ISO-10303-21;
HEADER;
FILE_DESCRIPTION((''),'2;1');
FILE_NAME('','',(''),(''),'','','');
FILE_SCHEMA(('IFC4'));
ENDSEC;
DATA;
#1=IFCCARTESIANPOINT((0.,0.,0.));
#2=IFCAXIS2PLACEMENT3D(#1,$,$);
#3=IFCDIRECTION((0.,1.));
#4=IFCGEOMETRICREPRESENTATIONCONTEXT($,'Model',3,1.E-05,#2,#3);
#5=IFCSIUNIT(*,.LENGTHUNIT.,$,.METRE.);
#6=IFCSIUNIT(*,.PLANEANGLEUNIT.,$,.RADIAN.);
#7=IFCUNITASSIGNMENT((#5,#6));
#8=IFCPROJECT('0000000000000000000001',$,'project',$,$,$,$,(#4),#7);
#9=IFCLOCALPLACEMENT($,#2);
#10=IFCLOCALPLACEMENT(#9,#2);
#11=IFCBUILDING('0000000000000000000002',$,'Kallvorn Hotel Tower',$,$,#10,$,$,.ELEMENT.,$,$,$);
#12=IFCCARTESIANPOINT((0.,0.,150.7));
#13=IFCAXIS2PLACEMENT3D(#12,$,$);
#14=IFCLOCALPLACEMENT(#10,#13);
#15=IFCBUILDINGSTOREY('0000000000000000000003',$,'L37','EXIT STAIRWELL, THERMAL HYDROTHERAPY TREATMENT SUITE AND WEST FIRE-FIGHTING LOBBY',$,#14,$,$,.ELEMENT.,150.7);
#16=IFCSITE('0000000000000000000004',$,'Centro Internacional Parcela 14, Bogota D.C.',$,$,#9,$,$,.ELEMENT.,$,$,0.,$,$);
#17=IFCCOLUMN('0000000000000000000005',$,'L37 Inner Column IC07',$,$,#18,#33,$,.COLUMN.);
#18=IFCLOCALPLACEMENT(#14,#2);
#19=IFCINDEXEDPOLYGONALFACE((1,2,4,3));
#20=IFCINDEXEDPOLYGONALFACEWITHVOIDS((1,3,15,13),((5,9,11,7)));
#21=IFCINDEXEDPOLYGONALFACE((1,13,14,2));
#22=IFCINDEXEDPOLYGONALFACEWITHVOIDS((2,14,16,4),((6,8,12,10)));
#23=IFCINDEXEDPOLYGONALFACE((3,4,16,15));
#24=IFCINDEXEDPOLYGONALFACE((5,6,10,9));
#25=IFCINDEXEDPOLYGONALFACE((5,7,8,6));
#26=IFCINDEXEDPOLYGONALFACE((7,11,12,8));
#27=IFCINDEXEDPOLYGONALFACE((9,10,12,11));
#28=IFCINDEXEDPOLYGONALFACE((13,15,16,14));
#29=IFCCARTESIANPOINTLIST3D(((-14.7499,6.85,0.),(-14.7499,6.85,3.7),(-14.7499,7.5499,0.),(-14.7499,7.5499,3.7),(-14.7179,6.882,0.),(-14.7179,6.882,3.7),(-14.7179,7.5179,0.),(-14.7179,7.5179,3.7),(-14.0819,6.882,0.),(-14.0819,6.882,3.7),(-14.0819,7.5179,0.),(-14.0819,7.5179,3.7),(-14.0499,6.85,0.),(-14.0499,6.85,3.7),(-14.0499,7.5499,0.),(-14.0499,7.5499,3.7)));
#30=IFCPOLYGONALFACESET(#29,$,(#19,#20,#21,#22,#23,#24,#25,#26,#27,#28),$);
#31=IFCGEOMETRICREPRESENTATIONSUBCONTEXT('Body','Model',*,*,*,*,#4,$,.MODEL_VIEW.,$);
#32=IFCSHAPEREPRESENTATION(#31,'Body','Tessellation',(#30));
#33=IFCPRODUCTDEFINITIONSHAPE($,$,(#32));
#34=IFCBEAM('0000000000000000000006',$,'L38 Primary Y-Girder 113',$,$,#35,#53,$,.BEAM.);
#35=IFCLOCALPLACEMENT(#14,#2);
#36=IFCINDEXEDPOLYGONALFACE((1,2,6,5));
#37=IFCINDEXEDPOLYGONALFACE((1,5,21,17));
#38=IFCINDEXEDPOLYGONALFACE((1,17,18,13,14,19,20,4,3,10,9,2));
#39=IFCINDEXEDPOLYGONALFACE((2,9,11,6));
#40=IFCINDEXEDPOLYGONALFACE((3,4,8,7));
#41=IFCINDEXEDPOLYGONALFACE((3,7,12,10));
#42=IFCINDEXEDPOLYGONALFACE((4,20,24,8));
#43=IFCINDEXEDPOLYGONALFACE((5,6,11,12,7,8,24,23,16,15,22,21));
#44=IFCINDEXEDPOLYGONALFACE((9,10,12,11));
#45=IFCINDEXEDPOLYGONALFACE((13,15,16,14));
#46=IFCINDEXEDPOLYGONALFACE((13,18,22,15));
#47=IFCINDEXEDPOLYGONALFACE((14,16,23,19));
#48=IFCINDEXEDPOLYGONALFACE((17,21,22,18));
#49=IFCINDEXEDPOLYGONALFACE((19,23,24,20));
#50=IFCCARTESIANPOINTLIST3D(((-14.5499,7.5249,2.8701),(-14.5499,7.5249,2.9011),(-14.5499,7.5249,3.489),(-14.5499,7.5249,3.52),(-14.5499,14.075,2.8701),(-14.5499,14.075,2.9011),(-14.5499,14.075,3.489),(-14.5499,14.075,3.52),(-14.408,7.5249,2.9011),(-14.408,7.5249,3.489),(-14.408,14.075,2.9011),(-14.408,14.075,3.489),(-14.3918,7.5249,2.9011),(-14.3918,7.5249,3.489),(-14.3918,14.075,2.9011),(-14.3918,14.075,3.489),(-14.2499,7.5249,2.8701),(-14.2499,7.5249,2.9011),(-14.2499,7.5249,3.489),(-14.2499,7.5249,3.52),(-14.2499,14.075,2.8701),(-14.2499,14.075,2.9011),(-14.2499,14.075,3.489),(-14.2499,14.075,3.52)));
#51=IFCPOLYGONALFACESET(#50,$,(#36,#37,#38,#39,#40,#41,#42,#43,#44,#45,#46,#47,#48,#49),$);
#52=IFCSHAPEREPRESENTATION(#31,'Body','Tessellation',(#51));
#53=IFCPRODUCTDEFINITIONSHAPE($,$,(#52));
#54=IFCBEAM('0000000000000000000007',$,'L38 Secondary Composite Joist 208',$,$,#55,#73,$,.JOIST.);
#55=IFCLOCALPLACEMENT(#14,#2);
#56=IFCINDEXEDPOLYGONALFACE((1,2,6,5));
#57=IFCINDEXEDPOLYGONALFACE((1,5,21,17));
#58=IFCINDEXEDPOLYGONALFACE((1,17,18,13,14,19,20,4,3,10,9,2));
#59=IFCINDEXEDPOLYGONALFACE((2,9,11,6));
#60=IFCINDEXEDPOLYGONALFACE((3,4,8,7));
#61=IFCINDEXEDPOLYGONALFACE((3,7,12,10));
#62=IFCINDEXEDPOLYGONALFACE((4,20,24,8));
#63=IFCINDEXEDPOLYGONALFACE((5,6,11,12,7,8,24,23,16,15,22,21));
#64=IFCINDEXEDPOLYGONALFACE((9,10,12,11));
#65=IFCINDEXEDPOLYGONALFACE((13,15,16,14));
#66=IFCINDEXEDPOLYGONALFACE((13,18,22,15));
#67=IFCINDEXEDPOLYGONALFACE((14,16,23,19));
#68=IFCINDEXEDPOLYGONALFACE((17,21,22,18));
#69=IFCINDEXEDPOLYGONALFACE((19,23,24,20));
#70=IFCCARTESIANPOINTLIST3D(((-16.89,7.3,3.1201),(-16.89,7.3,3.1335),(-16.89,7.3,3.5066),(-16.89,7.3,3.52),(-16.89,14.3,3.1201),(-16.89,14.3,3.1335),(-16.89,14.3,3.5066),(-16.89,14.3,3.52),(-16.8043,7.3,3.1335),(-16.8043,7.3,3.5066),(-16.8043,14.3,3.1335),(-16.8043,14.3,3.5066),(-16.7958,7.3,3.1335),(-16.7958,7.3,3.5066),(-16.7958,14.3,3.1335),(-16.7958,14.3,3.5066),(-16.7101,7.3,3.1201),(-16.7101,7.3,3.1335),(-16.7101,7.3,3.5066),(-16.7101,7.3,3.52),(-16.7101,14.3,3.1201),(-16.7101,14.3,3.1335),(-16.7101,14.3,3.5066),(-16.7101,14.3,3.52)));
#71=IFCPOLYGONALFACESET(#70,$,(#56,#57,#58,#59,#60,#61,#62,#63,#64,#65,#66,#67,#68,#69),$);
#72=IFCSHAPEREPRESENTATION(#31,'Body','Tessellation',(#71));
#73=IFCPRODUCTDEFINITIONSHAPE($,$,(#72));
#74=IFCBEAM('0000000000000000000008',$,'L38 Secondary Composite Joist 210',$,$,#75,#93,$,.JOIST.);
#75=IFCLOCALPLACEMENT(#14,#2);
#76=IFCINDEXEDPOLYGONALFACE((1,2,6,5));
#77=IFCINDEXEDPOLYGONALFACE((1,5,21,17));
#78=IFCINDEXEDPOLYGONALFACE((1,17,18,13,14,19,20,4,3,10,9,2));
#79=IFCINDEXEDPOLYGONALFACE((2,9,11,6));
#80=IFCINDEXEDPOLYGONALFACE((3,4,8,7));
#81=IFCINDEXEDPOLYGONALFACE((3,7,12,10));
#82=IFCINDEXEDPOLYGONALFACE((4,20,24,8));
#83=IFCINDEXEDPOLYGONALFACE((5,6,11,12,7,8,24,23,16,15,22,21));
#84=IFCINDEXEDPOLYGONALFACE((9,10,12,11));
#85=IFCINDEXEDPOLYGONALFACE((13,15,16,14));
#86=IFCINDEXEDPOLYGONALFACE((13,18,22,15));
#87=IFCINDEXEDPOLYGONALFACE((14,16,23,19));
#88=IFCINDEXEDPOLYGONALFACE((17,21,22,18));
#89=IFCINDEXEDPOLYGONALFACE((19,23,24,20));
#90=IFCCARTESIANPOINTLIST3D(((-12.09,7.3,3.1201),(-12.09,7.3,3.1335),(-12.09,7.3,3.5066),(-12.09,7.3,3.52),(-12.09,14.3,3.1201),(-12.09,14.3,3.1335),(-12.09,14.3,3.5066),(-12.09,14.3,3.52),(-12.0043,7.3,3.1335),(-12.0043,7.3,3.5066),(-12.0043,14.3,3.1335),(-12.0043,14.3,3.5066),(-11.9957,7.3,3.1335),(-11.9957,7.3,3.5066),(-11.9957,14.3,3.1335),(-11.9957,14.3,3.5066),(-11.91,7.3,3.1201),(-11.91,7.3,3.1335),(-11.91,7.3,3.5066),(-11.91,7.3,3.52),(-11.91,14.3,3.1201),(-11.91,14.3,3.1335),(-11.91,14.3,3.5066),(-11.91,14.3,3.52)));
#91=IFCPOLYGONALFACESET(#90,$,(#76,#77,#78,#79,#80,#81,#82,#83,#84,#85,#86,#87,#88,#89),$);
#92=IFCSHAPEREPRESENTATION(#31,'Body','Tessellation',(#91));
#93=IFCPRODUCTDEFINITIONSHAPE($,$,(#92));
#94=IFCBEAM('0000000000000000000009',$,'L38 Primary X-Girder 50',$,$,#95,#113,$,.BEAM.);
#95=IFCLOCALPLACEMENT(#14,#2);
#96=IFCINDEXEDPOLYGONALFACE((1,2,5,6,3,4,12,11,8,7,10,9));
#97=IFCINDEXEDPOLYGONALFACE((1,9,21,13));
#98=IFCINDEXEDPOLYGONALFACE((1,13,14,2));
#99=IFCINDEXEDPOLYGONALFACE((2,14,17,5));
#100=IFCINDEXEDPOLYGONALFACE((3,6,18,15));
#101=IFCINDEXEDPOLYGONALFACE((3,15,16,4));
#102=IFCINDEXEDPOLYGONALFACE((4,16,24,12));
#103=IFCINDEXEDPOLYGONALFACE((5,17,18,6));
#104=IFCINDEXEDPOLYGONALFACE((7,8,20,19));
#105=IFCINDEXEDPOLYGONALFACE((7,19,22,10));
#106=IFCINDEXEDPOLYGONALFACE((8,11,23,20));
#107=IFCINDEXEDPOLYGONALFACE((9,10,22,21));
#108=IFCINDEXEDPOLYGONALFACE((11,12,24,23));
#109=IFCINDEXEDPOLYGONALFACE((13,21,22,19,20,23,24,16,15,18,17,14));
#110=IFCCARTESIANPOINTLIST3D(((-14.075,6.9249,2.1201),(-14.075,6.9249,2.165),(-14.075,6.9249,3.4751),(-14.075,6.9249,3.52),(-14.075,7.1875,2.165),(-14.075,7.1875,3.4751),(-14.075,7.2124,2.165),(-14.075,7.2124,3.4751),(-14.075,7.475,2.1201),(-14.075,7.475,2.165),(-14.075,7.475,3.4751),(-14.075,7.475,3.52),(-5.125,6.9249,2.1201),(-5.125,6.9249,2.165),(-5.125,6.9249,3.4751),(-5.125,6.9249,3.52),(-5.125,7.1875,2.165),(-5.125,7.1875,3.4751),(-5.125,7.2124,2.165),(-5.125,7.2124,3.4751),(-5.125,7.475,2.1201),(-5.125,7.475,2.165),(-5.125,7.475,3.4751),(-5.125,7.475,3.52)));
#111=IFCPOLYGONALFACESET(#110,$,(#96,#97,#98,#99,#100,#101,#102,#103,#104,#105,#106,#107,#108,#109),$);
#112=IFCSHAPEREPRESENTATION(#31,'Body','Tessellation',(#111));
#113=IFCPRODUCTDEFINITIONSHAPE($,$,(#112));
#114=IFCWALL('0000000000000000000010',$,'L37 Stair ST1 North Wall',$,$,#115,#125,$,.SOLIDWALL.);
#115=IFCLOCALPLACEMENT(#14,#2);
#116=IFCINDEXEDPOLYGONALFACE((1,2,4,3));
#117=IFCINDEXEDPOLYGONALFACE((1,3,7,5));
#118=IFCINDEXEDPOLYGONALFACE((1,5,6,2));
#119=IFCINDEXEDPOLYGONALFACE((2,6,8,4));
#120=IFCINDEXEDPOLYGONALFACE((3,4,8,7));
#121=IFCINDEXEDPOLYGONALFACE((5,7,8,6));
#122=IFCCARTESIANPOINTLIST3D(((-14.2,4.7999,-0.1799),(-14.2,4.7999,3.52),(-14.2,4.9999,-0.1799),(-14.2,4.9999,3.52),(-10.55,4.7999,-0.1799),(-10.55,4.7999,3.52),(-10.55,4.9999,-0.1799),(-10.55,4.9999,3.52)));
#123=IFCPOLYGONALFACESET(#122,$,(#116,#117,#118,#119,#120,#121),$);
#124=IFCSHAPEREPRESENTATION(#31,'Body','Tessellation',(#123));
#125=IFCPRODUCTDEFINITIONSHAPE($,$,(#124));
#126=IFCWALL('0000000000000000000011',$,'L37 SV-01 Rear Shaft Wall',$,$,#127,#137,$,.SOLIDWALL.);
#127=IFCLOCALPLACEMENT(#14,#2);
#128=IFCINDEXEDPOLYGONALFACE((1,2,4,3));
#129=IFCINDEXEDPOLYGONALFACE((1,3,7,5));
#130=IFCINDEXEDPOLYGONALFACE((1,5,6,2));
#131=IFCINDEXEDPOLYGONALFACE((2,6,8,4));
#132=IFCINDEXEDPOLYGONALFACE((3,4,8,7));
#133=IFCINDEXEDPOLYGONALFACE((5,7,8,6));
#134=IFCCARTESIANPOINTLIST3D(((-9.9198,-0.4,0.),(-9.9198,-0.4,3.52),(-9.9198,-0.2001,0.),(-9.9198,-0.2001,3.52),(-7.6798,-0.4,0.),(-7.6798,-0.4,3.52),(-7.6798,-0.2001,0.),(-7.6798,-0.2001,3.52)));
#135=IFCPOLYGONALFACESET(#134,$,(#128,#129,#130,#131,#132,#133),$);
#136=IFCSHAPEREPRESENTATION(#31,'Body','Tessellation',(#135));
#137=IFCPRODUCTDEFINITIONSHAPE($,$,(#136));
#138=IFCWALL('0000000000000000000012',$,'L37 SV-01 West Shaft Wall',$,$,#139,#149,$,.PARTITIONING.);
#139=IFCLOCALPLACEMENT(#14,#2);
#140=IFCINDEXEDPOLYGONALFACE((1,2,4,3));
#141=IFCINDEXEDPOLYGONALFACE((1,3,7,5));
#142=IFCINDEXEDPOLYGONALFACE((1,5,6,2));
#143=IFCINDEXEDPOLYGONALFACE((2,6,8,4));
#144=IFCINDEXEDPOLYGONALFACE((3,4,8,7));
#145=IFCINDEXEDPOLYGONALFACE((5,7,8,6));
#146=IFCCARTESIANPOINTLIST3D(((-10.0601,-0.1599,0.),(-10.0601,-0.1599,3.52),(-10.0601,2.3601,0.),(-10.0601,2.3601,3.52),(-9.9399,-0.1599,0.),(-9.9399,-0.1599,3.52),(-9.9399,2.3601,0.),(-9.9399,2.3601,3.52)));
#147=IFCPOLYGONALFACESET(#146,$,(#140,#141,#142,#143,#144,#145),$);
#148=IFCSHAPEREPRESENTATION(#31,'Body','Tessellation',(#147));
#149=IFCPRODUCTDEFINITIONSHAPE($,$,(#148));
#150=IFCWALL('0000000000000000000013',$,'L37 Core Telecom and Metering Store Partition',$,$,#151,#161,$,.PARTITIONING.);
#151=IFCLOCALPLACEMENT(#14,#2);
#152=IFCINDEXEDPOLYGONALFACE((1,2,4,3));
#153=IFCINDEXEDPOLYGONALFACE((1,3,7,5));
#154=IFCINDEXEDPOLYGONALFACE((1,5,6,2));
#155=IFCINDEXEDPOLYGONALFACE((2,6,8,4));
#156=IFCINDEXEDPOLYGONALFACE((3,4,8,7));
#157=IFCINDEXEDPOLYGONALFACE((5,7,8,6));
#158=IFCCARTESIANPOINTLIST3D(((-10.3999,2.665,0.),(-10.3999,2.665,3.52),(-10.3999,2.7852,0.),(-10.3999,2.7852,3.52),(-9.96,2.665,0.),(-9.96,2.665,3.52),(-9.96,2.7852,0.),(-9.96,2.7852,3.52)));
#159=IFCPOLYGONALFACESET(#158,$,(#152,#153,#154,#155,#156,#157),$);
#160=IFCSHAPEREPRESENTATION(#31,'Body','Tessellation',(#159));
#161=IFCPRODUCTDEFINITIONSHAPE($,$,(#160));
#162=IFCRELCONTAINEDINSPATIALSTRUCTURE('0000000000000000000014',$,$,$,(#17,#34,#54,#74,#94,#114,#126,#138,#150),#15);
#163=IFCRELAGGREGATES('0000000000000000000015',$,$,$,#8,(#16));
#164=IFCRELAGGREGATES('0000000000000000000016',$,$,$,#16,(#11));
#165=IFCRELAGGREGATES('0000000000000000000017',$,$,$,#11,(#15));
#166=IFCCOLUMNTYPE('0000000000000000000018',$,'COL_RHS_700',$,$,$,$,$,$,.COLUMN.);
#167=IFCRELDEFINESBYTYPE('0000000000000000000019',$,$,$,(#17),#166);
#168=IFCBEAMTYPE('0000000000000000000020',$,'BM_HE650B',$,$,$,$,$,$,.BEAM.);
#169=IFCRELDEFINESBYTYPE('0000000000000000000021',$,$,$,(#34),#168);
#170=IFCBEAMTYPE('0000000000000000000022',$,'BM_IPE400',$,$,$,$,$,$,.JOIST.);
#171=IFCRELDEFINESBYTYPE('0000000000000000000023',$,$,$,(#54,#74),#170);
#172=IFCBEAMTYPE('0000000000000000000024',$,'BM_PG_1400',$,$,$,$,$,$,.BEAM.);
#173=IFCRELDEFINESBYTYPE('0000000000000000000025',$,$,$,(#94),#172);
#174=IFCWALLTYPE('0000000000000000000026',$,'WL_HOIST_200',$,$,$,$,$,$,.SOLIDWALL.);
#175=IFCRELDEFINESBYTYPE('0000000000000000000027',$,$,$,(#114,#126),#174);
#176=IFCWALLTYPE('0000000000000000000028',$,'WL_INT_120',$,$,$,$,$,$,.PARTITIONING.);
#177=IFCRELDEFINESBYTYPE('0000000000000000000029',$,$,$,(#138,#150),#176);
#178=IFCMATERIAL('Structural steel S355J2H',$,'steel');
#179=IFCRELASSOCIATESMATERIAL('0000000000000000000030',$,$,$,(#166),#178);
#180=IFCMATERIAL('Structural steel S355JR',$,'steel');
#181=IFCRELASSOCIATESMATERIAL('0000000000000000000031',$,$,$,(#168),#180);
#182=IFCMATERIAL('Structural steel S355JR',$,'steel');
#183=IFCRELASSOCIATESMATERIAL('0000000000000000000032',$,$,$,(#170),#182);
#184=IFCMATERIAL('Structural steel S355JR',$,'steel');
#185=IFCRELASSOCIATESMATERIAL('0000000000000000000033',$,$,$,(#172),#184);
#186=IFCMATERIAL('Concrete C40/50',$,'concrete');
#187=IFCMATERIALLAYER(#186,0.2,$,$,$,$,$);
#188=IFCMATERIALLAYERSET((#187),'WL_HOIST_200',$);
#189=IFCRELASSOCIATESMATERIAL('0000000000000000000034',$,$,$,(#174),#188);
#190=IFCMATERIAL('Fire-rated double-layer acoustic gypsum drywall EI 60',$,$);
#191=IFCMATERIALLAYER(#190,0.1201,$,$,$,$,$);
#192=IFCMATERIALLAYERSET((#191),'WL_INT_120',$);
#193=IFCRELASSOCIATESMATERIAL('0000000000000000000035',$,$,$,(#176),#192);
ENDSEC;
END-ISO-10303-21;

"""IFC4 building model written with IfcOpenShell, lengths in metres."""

from ifc_helpers import new_model, si_unit, direction, frame, frame_2d, origin, origin_2d, place, context, subcontext, project, spatial, rectangle, hollow_rectangle, i_section, extrude, material, layer, layer_set, material_profile, profile_set, type_object, element, save


model = new_model("IFC4")

# Units and contexts
model_context = context("Model", 3, precision=1e-05, world=origin(), true_north=direction((0.0, 1.0)))
body_context = subcontext(model_context, "Body", "Model", "MODEL_VIEW")
ifc_project = project(units=[si_unit("LENGTHUNIT", "METRE"), si_unit("PLANEANGLEUNIT", "RADIAN")], contexts=[model_context])

# Site, building, storey
site_placement = place(None, origin())
site = spatial("IfcSite", under=ifc_project, at=site_placement, Name="Centro Internacional Parcela 14, Bogota D.C.", CompositionType="ELEMENT", RefElevation=0.0)
building_placement = place(site_placement, origin())
building = spatial("IfcBuilding", under=site, at=building_placement, Name="Kallvorn Hotel Tower", CompositionType="ELEMENT")
storey_placement = place(building_placement, frame((0.0, 0.0, 150.7)))
storey = spatial("IfcBuildingStorey", under=building, at=storey_placement, Name="L37", Description="EXIT STAIRWELL, THERMAL HYDROTHERAPY TREATMENT SUITE AND WEST FIRE-FIGHTING LOBBY", CompositionType="ELEMENT", Elevation=150.7)

# Column
ifc_material_1 = material(Name="Structural steel S355J2H", Category="steel")
ifc_material_profile_1 = material_profile(ifc_material_1, hollow_rectangle(XDim=0.7, YDim=0.7, WallThickness=0.032, at=origin_2d()), Name="RHS 700x700x32")
ifc_profile_set_1 = profile_set([ifc_material_profile_1], Name="Structural steel S355J2H")
column_type = type_object("IfcColumnType", Name="COL_RHS_700", PredefinedType="COLUMN", material=ifc_profile_set_1)
column_placement = place(storey_placement, frame((-14.3999, 7.2, 0.0), z_axis=(0.0, 0.0, 1.0), x_axis=(1.0, 0.0, 0.0)))
element("IfcColumn", 1, at=column_placement, inside=storey, type_object=column_type, Name="L37 Inner Column IC07", PredefinedType="COLUMN", context=body_context, shape_type="SweptSolid", body=[
    extrude(hollow_rectangle(XDim=0.7, YDim=0.7, WallThickness=0.032, at=origin_2d()), origin(), (0.0, 0.0, 1.0), 3.7),
])

# Beams
ifc_material_2 = material(Name="Structural steel S355JR", Category="steel")
ifc_material_profile_2 = material_profile(ifc_material_2, i_section(OverallWidth=0.3, OverallDepth=0.6499, WebThickness=0.0161, FlangeThickness=0.031, at=origin_2d()), Name="HE 650 B")
ifc_profile_set_2 = profile_set([ifc_material_profile_2], Name="Structural steel S355JR")
beam_type_1 = type_object("IfcBeamType", Name="BM_HE650B", PredefinedType="BEAM", material=ifc_profile_set_2)
beam_1_placement = place(storey_placement, frame((-14.3999, 7.5249, 3.1951), z_axis=(0.0, 1.0, 0.0), x_axis=(-1.0, 0.0, 0.0)))
element("IfcBeam", 2, at=beam_1_placement, inside=storey, type_object=beam_type_1, Name="L38 Primary Y-Girder 113", PredefinedType="BEAM", context=body_context, shape_type="SweptSolid", body=[
    extrude(i_section(OverallWidth=0.3, OverallDepth=0.6499, WebThickness=0.0161, FlangeThickness=0.031, at=origin_2d()), origin(), (0.0, 0.0, 1.0), 6.55),
])
ifc_material_3 = material(Name="Structural steel S355JR", Category="steel")
ifc_material_profile_3 = material_profile(ifc_material_3, i_section(OverallWidth=0.1799, OverallDepth=0.3999, WebThickness=0.0085, FlangeThickness=0.0134, at=origin_2d()), Name="IPE 400")
ifc_profile_set_3 = profile_set([ifc_material_profile_3], Name="Structural steel S355JR")
beam_type_2 = type_object("IfcBeamType", Name="BM_IPE400", PredefinedType="JOIST", material=ifc_profile_set_3)
for number, where, z_axis, x_axis, name in (
    (3, (-16.8, 7.3, 3.3201), (0.0, 1.0, 0.0), (-1.0, 0.0, 0.0), "L38 Secondary Composite Joist 208"),
    (4, (-12.0, 7.3, 3.3201), (0.0, 1.0, 0.0), (-1.0, 0.0, 0.0), "L38 Secondary Composite Joist 210"),
):
    element("IfcBeam", number, at=place(storey_placement, frame(where, z_axis=z_axis, x_axis=x_axis)), inside=storey, type_object=beam_type_2, Name=name, PredefinedType="JOIST", context=body_context, shape_type="SweptSolid", body=[
        extrude(i_section(OverallWidth=0.1799, OverallDepth=0.3999, WebThickness=0.0085, FlangeThickness=0.0134, at=origin_2d()), origin(), (0.0, 0.0, 1.0), 7.0),
    ])
ifc_material_4 = material(Name="Structural steel S355JR", Category="steel")
ifc_material_profile_4 = material_profile(ifc_material_4, i_section(OverallWidth=0.55, OverallDepth=1.3999, WebThickness=0.0249, FlangeThickness=0.0449, at=origin_2d()), Name="PG 1400x550x25x45")
ifc_profile_set_4 = profile_set([ifc_material_profile_4], Name="Structural steel S355JR")
beam_type_3 = type_object("IfcBeamType", Name="BM_PG_1400", PredefinedType="BEAM", material=ifc_profile_set_4)
beam_2_placement = place(storey_placement, frame((-14.075, 7.2, 2.8201), z_axis=(1.0, 0.0, 0.0), x_axis=(0.0, 1.0, 0.0)))
element("IfcBeam", 5, at=beam_2_placement, inside=storey, type_object=beam_type_3, Name="L38 Primary X-Girder 50", PredefinedType="BEAM", context=body_context, shape_type="SweptSolid", body=[
    extrude(i_section(OverallWidth=0.55, OverallDepth=1.3999, WebThickness=0.0249, FlangeThickness=0.0449, at=origin_2d()), origin(), (0.0, 0.0, 1.0), 8.95),
])

# Walls
ifc_material_5 = material(Name="Concrete C40/50", Category="concrete")
ifc_layer_1 = layer(ifc_material_5, 0.2)
ifc_layer_set_1 = layer_set([ifc_layer_1], Name="WL_HOIST_200")
wall_type_1 = type_object("IfcWallType", Name="WL_HOIST_200", PredefinedType="SOLIDWALL", material=ifc_layer_set_1)
wall_1_placement = place(storey_placement, frame((-14.2, 4.8999, -0.1799), z_axis=(0.0, 0.0, 1.0), x_axis=(1.0, 0.0, 0.0)))
element("IfcWall", 6, at=wall_1_placement, inside=storey, type_object=wall_type_1, Name="L37 Stair ST1 North Wall", PredefinedType="SOLIDWALL", context=body_context, shape_type="SweptSolid", body=[
    extrude(rectangle(XDim=3.6499, YDim=0.2, at=frame_2d((1.825, 0.0))), origin(), (0.0, 0.0, 1.0), 3.7),
])
wall_2_placement = place(storey_placement, frame((-9.9199, -0.3, 0.0), z_axis=(0.0, 0.0, 1.0), x_axis=(1.0, 0.0, 0.0)))
element("IfcWall", 7, at=wall_2_placement, inside=storey, type_object=wall_type_1, Name="L37 SV-01 Rear Shaft Wall", PredefinedType="SOLIDWALL", context=body_context, shape_type="SweptSolid", body=[
    extrude(rectangle(XDim=2.24, YDim=0.2, at=frame_2d((1.1201, 0.0))), origin(), (0.0, 0.0, 1.0), 3.52),
])
ifc_material_6 = material(Name="Fire-rated double-layer acoustic gypsum drywall EI 60")
ifc_layer_2 = layer(ifc_material_6, 0.1201)
ifc_layer_set_2 = layer_set([ifc_layer_2], Name="WL_INT_120")
wall_type_2 = type_object("IfcWallType", Name="WL_INT_120", PredefinedType="PARTITIONING", material=ifc_layer_set_2)
wall_3_placement = place(storey_placement, frame((-10.0, -0.1599, 0.0), z_axis=(0.0, 0.0, 1.0), x_axis=(0.0, 1.0, 0.0)))
element("IfcWall", 8, at=wall_3_placement, inside=storey, type_object=wall_type_2, Name="L37 SV-01 West Shaft Wall", PredefinedType="PARTITIONING", context=body_context, shape_type="SweptSolid", body=[
    extrude(rectangle(XDim=2.52, YDim=0.1201, at=frame_2d((1.26, 0.0))), origin(), (0.0, 0.0, 1.0), 3.52),
])
wall_4_placement = place(storey_placement, frame((-10.3999, 2.7251, 0.0), z_axis=(0.0, 0.0, 1.0), x_axis=(1.0, 0.0, 0.0)))
element("IfcWall", 9, at=wall_4_placement, inside=storey, type_object=wall_type_2, Name="L37 Core Telecom and Metering Store Partition", PredefinedType="PARTITIONING", context=body_context, shape_type="SweptSolid", body=[
    extrude(rectangle(XDim=0.4399, YDim=0.1201, at=frame_2d((0.22, 0.0))), origin(), (0.0, 0.0, 1.0), 3.52),
])

save(model, "model.ifc")
